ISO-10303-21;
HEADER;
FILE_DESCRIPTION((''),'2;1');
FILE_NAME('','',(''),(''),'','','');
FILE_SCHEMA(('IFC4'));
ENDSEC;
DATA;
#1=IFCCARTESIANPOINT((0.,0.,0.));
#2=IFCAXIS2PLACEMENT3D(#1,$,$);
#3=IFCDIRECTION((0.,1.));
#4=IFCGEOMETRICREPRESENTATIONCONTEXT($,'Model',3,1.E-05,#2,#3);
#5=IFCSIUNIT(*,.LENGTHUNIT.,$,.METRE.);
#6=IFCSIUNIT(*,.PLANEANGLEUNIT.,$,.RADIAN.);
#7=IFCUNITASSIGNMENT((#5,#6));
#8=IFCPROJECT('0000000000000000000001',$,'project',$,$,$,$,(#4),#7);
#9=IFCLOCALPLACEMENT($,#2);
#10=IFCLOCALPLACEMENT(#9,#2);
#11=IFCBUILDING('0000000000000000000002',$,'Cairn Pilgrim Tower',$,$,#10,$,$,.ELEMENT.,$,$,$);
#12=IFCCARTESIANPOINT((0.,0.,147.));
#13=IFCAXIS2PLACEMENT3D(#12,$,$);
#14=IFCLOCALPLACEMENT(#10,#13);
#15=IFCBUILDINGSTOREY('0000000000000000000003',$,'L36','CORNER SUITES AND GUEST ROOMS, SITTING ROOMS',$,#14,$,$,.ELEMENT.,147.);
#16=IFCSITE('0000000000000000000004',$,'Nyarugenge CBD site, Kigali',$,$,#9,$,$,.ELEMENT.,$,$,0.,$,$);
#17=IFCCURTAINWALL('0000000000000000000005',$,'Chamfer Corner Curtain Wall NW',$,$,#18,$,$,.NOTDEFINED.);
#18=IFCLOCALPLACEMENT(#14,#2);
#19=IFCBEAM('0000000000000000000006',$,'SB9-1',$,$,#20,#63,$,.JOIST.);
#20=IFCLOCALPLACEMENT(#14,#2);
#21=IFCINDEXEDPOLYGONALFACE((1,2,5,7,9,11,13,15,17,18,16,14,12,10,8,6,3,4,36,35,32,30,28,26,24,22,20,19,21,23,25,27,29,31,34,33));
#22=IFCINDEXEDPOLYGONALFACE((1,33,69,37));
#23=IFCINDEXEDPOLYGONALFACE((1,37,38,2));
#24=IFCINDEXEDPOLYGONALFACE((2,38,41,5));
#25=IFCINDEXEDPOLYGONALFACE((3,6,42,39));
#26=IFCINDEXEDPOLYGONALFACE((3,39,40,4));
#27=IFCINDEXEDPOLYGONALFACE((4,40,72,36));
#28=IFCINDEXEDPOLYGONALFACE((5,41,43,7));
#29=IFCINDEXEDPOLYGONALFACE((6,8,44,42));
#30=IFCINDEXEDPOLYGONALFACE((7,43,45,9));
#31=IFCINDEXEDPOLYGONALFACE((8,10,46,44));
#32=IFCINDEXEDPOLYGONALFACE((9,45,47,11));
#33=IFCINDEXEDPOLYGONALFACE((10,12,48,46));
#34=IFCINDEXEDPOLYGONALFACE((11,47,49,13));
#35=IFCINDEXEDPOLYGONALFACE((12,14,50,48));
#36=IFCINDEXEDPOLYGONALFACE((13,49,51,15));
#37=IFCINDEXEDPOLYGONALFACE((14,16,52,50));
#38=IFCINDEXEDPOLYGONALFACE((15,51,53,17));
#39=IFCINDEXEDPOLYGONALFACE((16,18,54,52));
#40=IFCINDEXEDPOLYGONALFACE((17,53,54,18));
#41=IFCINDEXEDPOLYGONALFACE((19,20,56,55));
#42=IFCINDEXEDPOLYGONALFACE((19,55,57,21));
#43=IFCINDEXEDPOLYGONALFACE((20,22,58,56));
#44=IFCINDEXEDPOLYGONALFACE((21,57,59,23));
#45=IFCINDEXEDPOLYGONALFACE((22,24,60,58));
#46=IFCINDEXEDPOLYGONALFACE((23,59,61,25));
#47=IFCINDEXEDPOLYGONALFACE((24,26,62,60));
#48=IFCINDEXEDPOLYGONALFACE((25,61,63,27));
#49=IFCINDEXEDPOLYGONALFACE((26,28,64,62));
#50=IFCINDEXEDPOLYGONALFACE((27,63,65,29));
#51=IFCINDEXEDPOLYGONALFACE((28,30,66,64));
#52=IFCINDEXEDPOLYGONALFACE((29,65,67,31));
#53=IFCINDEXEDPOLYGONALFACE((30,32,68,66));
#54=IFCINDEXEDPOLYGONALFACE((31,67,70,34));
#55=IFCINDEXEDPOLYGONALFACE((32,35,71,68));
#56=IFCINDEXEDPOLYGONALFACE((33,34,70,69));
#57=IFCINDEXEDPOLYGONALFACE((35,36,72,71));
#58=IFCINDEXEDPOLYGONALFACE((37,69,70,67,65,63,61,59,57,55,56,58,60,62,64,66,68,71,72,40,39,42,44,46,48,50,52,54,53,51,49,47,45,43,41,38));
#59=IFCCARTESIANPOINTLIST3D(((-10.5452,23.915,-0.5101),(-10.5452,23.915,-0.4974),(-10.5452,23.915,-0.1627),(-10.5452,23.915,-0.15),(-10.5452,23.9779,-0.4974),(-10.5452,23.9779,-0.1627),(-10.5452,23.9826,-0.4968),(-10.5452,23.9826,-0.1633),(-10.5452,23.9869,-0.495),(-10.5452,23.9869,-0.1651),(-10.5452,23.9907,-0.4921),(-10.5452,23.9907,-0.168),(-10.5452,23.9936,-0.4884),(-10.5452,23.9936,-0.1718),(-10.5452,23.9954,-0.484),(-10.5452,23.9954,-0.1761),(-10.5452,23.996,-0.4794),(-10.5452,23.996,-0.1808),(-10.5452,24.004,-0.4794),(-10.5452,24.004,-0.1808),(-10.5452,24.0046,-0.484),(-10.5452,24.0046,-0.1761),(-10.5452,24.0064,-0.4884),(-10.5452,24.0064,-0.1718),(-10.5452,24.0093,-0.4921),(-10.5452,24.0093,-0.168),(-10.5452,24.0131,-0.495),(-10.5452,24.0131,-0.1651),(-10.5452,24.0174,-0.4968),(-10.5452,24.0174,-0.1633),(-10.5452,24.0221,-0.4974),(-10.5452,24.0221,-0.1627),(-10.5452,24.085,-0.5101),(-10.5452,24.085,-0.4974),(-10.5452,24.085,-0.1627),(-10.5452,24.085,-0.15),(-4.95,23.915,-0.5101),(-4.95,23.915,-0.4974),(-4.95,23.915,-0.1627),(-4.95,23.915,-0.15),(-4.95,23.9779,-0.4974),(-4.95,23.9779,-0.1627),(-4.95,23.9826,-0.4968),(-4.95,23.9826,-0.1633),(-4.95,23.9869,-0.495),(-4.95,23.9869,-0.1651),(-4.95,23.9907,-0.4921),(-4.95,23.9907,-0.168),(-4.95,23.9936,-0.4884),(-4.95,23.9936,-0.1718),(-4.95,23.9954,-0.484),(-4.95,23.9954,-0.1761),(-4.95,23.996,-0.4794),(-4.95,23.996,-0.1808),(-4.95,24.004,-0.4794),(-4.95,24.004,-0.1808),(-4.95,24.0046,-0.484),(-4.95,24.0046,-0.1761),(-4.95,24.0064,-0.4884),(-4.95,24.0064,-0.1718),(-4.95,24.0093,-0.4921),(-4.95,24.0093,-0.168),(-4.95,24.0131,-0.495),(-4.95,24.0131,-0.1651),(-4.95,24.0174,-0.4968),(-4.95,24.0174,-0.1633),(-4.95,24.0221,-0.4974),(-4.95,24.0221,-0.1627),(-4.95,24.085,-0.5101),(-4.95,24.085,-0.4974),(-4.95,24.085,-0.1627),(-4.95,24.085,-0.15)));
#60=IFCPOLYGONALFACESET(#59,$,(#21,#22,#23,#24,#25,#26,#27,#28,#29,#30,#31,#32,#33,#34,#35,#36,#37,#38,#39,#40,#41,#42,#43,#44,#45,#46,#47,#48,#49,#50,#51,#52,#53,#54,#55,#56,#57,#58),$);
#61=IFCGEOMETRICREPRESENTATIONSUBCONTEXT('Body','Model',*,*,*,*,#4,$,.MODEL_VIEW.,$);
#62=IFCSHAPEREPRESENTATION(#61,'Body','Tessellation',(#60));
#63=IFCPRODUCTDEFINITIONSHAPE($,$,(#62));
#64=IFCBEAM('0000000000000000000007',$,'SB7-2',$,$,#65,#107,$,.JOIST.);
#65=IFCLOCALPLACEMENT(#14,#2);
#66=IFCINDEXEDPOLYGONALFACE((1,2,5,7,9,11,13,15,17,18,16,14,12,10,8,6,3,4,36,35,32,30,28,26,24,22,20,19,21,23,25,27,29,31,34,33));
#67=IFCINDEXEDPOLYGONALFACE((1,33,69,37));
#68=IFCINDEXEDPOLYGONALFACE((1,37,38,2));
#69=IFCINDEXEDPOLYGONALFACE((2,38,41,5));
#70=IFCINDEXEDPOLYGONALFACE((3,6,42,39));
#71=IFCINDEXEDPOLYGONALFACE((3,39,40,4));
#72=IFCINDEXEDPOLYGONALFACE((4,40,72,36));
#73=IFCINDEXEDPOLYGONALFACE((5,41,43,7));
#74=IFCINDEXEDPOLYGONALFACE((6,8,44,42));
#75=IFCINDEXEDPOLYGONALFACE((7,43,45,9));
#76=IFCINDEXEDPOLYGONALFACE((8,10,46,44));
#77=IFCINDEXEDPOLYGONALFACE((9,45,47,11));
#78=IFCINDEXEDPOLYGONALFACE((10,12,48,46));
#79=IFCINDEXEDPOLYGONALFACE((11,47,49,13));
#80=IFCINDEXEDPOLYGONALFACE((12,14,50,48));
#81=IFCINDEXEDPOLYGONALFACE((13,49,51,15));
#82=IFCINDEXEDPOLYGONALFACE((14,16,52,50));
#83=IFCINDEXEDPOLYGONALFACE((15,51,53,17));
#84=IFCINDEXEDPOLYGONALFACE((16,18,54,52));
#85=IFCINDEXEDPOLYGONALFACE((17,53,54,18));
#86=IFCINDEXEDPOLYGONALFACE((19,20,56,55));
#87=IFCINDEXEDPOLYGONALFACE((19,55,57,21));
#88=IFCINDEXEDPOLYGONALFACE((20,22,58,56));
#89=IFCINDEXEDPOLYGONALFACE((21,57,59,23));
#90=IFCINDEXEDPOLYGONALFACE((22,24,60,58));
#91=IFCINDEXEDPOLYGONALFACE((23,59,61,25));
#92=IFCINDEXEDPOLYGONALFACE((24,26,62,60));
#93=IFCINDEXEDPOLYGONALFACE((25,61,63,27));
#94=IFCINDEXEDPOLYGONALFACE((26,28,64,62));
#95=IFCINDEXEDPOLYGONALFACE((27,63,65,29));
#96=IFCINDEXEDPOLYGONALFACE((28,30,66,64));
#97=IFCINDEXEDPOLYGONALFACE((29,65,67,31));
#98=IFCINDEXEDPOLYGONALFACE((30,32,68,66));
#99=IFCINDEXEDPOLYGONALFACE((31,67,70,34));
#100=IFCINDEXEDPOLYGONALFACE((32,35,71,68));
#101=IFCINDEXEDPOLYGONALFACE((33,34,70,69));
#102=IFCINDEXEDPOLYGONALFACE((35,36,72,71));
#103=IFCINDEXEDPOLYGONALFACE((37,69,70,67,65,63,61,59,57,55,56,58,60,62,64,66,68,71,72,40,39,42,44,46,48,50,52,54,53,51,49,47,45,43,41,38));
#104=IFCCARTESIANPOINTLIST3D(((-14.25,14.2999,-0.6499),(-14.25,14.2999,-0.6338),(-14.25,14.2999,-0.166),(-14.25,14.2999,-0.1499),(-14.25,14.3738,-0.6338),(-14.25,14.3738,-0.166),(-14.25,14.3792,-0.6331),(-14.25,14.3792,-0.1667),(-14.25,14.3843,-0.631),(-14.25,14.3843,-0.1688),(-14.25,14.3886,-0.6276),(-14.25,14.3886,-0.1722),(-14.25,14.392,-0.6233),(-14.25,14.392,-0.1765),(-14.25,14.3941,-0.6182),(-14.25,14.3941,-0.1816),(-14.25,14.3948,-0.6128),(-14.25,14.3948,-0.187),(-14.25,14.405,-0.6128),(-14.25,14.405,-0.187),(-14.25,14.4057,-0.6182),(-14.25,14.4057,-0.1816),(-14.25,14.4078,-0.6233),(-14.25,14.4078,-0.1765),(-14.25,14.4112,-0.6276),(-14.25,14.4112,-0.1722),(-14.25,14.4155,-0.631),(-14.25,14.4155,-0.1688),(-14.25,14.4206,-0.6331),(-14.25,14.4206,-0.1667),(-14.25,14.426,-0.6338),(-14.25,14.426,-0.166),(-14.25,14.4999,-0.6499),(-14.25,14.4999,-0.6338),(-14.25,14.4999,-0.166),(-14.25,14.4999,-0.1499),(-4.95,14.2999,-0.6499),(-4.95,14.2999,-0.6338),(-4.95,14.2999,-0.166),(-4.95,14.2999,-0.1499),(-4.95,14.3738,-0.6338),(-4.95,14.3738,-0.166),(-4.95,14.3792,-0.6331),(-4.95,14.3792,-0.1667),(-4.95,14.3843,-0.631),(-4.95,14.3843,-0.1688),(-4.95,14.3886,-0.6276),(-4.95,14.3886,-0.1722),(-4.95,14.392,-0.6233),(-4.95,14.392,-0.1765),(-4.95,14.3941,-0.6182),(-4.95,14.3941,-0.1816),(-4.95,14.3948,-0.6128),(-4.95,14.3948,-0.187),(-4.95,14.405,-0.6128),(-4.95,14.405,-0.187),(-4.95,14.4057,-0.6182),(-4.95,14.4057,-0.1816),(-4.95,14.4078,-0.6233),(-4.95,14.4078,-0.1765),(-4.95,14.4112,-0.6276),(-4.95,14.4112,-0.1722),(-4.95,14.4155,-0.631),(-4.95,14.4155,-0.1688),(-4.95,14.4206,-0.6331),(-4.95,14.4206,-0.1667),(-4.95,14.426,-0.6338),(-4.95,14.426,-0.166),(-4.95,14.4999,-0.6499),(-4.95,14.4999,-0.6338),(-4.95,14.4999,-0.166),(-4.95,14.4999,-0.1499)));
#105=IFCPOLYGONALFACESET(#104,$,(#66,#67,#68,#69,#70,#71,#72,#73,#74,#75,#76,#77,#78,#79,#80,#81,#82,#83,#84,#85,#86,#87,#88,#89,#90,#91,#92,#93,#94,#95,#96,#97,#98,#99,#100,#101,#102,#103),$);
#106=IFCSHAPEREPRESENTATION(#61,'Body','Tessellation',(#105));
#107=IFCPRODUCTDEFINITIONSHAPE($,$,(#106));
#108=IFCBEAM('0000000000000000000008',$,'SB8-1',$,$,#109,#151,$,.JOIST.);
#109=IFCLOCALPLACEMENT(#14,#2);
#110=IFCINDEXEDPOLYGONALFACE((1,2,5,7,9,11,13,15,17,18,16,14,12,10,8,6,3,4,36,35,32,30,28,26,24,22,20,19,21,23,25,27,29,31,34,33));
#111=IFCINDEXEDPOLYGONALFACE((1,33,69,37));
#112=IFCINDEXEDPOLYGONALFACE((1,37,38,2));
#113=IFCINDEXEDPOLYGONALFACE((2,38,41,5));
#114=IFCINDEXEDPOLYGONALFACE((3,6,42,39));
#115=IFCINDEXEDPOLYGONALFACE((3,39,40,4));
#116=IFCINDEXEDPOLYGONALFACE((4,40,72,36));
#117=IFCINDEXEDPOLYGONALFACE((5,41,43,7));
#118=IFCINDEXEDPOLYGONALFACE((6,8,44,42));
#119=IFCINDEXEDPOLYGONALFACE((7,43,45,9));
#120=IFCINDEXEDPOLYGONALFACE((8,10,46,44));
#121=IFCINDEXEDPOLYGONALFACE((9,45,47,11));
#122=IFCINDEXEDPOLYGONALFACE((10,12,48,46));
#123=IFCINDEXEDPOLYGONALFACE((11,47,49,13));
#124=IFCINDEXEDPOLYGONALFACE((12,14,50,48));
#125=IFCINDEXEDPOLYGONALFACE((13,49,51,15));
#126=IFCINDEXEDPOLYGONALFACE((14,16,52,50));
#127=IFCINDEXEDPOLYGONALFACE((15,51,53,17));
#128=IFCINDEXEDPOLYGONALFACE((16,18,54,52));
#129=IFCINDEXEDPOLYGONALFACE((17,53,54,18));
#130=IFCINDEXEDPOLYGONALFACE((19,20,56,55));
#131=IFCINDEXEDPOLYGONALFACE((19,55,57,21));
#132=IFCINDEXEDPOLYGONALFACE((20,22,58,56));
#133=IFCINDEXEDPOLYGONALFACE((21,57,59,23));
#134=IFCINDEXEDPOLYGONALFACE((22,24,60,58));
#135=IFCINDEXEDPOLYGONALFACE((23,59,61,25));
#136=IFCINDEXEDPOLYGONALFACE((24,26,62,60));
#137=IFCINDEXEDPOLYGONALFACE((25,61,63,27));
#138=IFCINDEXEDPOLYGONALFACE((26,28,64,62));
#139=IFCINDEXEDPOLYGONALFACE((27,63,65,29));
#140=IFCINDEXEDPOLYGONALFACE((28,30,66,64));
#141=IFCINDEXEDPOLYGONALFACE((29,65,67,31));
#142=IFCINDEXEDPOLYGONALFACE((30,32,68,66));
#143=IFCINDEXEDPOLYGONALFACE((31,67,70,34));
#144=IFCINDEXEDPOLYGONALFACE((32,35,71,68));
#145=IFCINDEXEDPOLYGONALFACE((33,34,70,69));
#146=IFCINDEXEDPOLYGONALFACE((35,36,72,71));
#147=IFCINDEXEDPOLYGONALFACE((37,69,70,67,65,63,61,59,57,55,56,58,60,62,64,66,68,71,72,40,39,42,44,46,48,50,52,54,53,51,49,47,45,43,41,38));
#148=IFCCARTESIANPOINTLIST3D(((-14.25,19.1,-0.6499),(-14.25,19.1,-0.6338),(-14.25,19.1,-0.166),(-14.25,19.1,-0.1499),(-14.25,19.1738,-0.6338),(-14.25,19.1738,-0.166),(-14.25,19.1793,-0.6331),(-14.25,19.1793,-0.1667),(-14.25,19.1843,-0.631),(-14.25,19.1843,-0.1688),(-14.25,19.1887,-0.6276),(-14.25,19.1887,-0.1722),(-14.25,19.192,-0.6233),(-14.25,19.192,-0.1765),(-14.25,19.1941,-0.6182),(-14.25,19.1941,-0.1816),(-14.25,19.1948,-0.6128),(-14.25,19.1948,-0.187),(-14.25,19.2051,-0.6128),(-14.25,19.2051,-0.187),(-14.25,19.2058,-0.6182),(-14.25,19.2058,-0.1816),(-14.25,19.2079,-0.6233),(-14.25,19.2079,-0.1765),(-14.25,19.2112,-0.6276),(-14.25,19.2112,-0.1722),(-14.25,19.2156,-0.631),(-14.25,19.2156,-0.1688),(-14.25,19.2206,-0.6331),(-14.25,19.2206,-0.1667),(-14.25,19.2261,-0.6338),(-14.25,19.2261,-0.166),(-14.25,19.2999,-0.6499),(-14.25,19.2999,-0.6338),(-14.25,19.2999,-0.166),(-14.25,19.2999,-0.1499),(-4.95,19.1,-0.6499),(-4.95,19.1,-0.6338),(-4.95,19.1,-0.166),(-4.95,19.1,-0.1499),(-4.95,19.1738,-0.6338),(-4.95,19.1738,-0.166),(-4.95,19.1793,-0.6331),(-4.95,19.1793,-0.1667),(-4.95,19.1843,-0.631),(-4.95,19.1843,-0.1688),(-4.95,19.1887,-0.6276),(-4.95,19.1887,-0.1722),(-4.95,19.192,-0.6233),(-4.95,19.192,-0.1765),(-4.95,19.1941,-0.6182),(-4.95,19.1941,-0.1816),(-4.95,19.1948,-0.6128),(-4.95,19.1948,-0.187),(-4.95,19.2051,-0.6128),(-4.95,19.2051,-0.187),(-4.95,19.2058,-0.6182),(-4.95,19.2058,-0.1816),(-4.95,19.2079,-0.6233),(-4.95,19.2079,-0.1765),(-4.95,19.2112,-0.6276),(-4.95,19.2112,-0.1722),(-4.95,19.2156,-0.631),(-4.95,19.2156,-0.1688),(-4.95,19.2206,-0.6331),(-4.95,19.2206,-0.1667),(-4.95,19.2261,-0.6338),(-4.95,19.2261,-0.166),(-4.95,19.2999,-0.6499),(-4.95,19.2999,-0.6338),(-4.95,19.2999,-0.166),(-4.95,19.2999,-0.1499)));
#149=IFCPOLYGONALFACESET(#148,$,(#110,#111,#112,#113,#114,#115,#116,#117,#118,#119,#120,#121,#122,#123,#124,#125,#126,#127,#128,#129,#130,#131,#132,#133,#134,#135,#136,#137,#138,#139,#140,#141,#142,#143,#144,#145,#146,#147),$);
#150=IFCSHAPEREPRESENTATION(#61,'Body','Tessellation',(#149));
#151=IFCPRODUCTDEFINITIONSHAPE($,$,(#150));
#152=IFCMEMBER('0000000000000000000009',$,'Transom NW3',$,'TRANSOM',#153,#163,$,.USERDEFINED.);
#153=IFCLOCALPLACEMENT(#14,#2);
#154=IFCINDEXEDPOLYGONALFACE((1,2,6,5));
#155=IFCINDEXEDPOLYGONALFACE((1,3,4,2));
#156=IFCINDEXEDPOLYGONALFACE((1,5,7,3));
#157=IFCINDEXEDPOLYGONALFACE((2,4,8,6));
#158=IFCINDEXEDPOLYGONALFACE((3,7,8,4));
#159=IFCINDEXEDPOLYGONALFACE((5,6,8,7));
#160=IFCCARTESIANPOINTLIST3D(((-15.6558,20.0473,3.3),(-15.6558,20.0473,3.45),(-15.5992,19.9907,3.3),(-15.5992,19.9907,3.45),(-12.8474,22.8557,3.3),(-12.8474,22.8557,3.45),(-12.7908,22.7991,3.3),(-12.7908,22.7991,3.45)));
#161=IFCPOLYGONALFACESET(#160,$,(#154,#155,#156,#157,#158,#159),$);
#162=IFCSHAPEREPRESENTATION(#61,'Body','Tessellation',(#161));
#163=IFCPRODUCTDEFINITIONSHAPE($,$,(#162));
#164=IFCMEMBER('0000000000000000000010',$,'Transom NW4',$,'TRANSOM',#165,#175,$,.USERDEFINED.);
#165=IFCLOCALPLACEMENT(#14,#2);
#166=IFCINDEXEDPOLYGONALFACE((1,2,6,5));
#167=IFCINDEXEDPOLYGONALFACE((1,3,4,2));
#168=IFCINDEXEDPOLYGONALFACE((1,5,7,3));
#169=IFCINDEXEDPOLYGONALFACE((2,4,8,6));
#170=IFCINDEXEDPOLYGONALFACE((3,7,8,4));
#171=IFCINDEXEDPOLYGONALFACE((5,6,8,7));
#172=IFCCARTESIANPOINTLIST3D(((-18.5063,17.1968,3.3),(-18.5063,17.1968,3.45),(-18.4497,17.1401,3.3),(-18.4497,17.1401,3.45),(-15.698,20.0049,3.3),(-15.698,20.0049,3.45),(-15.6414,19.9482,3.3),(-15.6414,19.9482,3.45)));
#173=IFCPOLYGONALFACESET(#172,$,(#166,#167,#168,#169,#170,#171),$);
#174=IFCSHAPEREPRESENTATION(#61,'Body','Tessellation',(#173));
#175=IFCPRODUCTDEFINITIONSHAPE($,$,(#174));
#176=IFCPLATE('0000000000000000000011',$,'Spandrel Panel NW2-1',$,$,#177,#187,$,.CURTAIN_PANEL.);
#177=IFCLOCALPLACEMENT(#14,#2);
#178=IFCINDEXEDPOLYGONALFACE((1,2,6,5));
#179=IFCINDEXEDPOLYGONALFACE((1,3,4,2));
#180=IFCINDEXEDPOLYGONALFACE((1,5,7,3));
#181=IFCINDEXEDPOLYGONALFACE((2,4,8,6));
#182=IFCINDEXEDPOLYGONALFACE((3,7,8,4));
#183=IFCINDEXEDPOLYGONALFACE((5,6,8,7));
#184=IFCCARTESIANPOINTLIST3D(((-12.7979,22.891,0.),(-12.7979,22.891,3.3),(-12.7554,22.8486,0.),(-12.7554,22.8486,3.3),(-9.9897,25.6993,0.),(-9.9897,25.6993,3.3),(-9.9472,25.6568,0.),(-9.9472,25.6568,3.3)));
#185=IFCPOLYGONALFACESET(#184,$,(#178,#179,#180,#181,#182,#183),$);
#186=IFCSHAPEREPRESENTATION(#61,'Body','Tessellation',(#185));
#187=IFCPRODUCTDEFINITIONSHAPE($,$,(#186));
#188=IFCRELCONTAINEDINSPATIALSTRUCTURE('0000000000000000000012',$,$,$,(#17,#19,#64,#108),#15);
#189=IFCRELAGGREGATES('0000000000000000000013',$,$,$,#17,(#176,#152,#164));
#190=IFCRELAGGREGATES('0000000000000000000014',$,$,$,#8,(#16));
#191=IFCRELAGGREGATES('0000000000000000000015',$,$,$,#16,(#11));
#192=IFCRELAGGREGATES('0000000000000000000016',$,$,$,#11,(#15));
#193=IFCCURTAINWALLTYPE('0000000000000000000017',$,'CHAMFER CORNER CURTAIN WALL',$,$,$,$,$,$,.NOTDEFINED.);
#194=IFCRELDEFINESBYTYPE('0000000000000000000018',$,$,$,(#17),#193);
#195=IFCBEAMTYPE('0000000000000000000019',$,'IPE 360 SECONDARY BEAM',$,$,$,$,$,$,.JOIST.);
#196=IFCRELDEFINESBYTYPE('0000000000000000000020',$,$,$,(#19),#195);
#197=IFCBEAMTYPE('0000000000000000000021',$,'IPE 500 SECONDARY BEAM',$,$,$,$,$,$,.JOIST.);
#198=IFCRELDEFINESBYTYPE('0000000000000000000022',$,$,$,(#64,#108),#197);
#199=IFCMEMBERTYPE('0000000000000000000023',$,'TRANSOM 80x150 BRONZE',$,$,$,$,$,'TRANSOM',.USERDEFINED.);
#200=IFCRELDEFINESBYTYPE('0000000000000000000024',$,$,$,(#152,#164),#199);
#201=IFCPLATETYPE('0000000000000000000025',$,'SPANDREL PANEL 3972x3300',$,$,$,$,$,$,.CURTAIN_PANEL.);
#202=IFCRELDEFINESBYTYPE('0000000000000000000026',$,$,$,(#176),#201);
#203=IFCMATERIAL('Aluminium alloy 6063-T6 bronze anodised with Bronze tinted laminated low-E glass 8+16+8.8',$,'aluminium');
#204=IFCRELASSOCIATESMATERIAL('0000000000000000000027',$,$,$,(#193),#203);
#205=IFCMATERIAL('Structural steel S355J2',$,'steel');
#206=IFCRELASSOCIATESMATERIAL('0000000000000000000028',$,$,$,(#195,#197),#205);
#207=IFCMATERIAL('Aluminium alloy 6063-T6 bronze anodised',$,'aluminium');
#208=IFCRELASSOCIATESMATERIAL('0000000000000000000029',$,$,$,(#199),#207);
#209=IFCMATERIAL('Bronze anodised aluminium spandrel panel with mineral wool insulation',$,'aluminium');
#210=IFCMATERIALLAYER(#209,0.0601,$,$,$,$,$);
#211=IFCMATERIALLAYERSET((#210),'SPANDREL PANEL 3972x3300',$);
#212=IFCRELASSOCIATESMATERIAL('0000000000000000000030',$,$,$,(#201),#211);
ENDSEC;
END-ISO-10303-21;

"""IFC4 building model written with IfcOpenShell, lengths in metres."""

from ifc_helpers import new_model, si_unit, direction, frame, origin, origin_2d, place, context, subcontext, project, spatial, rectangle, i_section, extrude, material, layer, layer_set, material_profile, profile_set, type_object, element, aggregate, save


model = new_model("IFC4")

# Units and contexts
model_context = context("Model", 3, precision=1e-05, world=origin(), true_north=direction((0.0, 1.0)))
body_context = subcontext(model_context, "Body", "Model", "MODEL_VIEW")
ifc_project = project(units=[si_unit("LENGTHUNIT", "METRE"), si_unit("PLANEANGLEUNIT", "RADIAN")], contexts=[model_context])

# Site, building, storey
site_placement = place(None, origin())
site = spatial("IfcSite", under=ifc_project, at=site_placement, Name="Nyarugenge CBD site, Kigali", CompositionType="ELEMENT", RefElevation=0.0)
building_placement = place(site_placement, origin())
building = spatial("IfcBuilding", under=site, at=building_placement, Name="Cairn Pilgrim Tower", CompositionType="ELEMENT")
storey_placement = place(building_placement, frame((0.0, 0.0, 147.0)))
storey = spatial("IfcBuildingStorey", under=building, at=storey_placement, Name="L36", Description="CORNER SUITES AND GUEST ROOMS, SITTING ROOMS", CompositionType="ELEMENT", Elevation=147.0)

# Shared definitions
ifc_material_1 = material(Name="Structural steel S355J2", Category="steel")

# Curtain wall
ifc_material_2 = material(Name="Aluminium alloy 6063-T6 bronze anodised with Bronze tinted laminated low-E glass 8+16+8.8", Category="aluminium")
curtain_wall_type_1 = type_object("IfcCurtainWallType", Name="CHAMFER CORNER CURTAIN WALL", PredefinedType="NOTDEFINED", material=ifc_material_2)
curtain_wall_1_placement = place(storey_placement, origin())
curtain_wall_1 = element("IfcCurtainWall", 1, at=curtain_wall_1_placement, inside=storey, type_object=curtain_wall_type_1, Name="Chamfer Corner Curtain Wall NW", PredefinedType="NOTDEFINED")
ifc_material_3 = material(Name="Aluminium alloy 6063-T6 bronze anodised", Category="aluminium")

# Beams
ifc_material_profile_1 = material_profile(ifc_material_1, i_section(OverallWidth=0.1699, OverallDepth=0.3601, WebThickness=0.0081, FlangeThickness=0.0127, FilletRadius=0.0181, at=origin_2d()), Name="IPE 360")
ifc_profile_set_1 = profile_set([ifc_material_profile_1], Name="Structural steel S355J2")
beam_type_1 = type_object("IfcBeamType", Name="IPE 360 SECONDARY BEAM", PredefinedType="JOIST", material=ifc_profile_set_1)
beam_1_placement = place(storey_placement, frame((-10.5452, 24.0, -0.3301), z_axis=(1.0, 0.0, 0.0), x_axis=(0.0, 1.0, 0.0)))
element("IfcBeam", 2, at=beam_1_placement, inside=storey, type_object=beam_type_1, Name="SB9-1", PredefinedType="JOIST", context=body_context, shape_type="SweptSolid", body=[
    extrude(i_section(OverallWidth=0.1699, OverallDepth=0.3601, WebThickness=0.0081, FlangeThickness=0.0127, FilletRadius=0.0181, at=origin_2d()), origin(), (0.0, 0.0, 1.0), 5.5952),
])
ifc_material_profile_2 = material_profile(ifc_material_1, i_section(OverallWidth=0.2, OverallDepth=0.5, WebThickness=0.0103, FlangeThickness=0.0161, FilletRadius=0.021, at=origin_2d()), Name="IPE 500")
ifc_profile_set_2 = profile_set([ifc_material_profile_2], Name="Structural steel S355J2")
beam_type_2 = type_object("IfcBeamType", Name="IPE 500 SECONDARY BEAM", PredefinedType="JOIST", material=ifc_profile_set_2)
for number, where, z_axis, x_axis, name in (
    (3, (-14.25, 14.3999, -0.3999), (1.0, 0.0, 0.0), (0.0, 1.0, 0.0), "SB7-2"),
    (4, (-14.25, 19.2, -0.3999), (1.0, 0.0, 0.0), (0.0, 1.0, 0.0), "SB8-1"),
):
    element("IfcBeam", number, at=place(storey_placement, frame(where, z_axis=z_axis, x_axis=x_axis)), inside=storey, type_object=beam_type_2, Name=name, PredefinedType="JOIST", context=body_context, shape_type="SweptSolid", body=[
        extrude(i_section(OverallWidth=0.2, OverallDepth=0.5, WebThickness=0.0103, FlangeThickness=0.0161, FilletRadius=0.021, at=origin_2d()), origin(), (0.0, 0.0, 1.0), 9.3),
    ])

# Members
ifc_material_profile_3 = material_profile(ifc_material_3, rectangle(XDim=0.0801, YDim=0.1499, at=origin_2d()), Name="TRANSOM 80x150 BRONZE")
ifc_profile_set_3 = profile_set([ifc_material_profile_3], Name="Aluminium alloy 6063-T6 bronze anodised")
member_type_1 = type_object("IfcMemberType", Name="TRANSOM 80x150 BRONZE", ElementType="TRANSOM", PredefinedType="USERDEFINED", material=ifc_profile_set_3)
member_1_placement = place(storey_placement, frame((-12.8191, 22.8274, 3.375), z_axis=(-0.707107, -0.707107, 0.0), x_axis=(0.707107, -0.707107, 0.0)))
member_1 = element("IfcMember", 5, at=member_1_placement, type_object=member_type_1, Name="Transom NW3", ObjectType="TRANSOM", PredefinedType="USERDEFINED", context=body_context, shape_type="SweptSolid", body=[
    extrude(rectangle(XDim=0.0801, YDim=0.1499, at=origin_2d()), origin(), (0.0, 0.0, 1.0), 3.9717),
])
member_2_placement = place(storey_placement, frame((-15.6697, 19.9766, 3.375), z_axis=(-0.707138, -0.707076, 0.0), x_axis=(0.707076, -0.707138, 0.0)))
member_2 = element("IfcMember", 6, at=member_2_placement, type_object=member_type_1, Name="Transom NW4", ObjectType="TRANSOM", PredefinedType="USERDEFINED", context=body_context, shape_type="SweptSolid", body=[
    extrude(rectangle(XDim=0.0801, YDim=0.1499, at=origin_2d()), origin(), (0.0, 0.0, 1.0), 3.9714),
])

# Plate
ifc_material_4 = material(Name="Bronze anodised aluminium spandrel panel with mineral wool insulation", Category="aluminium")
ifc_layer_1 = layer(ifc_material_4, 0.0601)
ifc_layer_set_1 = layer_set([ifc_layer_1], Name="SPANDREL PANEL 3972x3300")
plate_type = type_object("IfcPlateType", Name="SPANDREL PANEL 3972x3300", PredefinedType="CURTAIN_PANEL", material=ifc_layer_set_1)
plate_1_placement = place(storey_placement, frame((-11.3726, 24.2739, 0.0), z_axis=(0.0, 0.0, 1.0), x_axis=(-0.707107, -0.707107, 0.0)))
plate_1 = element("IfcPlate", 7, at=plate_1_placement, type_object=plate_type, Name="Spandrel Panel NW2-1", PredefinedType="CURTAIN_PANEL", context=body_context, shape_type="SweptSolid", body=[
    extrude(rectangle(XDim=3.9714, YDim=0.0601, at=origin_2d()), origin(), (0.0, 0.0, 1.0), 3.3),
])
aggregate(curtain_wall_1, [plate_1, member_1, member_2])

save(model, "model.ifc")
